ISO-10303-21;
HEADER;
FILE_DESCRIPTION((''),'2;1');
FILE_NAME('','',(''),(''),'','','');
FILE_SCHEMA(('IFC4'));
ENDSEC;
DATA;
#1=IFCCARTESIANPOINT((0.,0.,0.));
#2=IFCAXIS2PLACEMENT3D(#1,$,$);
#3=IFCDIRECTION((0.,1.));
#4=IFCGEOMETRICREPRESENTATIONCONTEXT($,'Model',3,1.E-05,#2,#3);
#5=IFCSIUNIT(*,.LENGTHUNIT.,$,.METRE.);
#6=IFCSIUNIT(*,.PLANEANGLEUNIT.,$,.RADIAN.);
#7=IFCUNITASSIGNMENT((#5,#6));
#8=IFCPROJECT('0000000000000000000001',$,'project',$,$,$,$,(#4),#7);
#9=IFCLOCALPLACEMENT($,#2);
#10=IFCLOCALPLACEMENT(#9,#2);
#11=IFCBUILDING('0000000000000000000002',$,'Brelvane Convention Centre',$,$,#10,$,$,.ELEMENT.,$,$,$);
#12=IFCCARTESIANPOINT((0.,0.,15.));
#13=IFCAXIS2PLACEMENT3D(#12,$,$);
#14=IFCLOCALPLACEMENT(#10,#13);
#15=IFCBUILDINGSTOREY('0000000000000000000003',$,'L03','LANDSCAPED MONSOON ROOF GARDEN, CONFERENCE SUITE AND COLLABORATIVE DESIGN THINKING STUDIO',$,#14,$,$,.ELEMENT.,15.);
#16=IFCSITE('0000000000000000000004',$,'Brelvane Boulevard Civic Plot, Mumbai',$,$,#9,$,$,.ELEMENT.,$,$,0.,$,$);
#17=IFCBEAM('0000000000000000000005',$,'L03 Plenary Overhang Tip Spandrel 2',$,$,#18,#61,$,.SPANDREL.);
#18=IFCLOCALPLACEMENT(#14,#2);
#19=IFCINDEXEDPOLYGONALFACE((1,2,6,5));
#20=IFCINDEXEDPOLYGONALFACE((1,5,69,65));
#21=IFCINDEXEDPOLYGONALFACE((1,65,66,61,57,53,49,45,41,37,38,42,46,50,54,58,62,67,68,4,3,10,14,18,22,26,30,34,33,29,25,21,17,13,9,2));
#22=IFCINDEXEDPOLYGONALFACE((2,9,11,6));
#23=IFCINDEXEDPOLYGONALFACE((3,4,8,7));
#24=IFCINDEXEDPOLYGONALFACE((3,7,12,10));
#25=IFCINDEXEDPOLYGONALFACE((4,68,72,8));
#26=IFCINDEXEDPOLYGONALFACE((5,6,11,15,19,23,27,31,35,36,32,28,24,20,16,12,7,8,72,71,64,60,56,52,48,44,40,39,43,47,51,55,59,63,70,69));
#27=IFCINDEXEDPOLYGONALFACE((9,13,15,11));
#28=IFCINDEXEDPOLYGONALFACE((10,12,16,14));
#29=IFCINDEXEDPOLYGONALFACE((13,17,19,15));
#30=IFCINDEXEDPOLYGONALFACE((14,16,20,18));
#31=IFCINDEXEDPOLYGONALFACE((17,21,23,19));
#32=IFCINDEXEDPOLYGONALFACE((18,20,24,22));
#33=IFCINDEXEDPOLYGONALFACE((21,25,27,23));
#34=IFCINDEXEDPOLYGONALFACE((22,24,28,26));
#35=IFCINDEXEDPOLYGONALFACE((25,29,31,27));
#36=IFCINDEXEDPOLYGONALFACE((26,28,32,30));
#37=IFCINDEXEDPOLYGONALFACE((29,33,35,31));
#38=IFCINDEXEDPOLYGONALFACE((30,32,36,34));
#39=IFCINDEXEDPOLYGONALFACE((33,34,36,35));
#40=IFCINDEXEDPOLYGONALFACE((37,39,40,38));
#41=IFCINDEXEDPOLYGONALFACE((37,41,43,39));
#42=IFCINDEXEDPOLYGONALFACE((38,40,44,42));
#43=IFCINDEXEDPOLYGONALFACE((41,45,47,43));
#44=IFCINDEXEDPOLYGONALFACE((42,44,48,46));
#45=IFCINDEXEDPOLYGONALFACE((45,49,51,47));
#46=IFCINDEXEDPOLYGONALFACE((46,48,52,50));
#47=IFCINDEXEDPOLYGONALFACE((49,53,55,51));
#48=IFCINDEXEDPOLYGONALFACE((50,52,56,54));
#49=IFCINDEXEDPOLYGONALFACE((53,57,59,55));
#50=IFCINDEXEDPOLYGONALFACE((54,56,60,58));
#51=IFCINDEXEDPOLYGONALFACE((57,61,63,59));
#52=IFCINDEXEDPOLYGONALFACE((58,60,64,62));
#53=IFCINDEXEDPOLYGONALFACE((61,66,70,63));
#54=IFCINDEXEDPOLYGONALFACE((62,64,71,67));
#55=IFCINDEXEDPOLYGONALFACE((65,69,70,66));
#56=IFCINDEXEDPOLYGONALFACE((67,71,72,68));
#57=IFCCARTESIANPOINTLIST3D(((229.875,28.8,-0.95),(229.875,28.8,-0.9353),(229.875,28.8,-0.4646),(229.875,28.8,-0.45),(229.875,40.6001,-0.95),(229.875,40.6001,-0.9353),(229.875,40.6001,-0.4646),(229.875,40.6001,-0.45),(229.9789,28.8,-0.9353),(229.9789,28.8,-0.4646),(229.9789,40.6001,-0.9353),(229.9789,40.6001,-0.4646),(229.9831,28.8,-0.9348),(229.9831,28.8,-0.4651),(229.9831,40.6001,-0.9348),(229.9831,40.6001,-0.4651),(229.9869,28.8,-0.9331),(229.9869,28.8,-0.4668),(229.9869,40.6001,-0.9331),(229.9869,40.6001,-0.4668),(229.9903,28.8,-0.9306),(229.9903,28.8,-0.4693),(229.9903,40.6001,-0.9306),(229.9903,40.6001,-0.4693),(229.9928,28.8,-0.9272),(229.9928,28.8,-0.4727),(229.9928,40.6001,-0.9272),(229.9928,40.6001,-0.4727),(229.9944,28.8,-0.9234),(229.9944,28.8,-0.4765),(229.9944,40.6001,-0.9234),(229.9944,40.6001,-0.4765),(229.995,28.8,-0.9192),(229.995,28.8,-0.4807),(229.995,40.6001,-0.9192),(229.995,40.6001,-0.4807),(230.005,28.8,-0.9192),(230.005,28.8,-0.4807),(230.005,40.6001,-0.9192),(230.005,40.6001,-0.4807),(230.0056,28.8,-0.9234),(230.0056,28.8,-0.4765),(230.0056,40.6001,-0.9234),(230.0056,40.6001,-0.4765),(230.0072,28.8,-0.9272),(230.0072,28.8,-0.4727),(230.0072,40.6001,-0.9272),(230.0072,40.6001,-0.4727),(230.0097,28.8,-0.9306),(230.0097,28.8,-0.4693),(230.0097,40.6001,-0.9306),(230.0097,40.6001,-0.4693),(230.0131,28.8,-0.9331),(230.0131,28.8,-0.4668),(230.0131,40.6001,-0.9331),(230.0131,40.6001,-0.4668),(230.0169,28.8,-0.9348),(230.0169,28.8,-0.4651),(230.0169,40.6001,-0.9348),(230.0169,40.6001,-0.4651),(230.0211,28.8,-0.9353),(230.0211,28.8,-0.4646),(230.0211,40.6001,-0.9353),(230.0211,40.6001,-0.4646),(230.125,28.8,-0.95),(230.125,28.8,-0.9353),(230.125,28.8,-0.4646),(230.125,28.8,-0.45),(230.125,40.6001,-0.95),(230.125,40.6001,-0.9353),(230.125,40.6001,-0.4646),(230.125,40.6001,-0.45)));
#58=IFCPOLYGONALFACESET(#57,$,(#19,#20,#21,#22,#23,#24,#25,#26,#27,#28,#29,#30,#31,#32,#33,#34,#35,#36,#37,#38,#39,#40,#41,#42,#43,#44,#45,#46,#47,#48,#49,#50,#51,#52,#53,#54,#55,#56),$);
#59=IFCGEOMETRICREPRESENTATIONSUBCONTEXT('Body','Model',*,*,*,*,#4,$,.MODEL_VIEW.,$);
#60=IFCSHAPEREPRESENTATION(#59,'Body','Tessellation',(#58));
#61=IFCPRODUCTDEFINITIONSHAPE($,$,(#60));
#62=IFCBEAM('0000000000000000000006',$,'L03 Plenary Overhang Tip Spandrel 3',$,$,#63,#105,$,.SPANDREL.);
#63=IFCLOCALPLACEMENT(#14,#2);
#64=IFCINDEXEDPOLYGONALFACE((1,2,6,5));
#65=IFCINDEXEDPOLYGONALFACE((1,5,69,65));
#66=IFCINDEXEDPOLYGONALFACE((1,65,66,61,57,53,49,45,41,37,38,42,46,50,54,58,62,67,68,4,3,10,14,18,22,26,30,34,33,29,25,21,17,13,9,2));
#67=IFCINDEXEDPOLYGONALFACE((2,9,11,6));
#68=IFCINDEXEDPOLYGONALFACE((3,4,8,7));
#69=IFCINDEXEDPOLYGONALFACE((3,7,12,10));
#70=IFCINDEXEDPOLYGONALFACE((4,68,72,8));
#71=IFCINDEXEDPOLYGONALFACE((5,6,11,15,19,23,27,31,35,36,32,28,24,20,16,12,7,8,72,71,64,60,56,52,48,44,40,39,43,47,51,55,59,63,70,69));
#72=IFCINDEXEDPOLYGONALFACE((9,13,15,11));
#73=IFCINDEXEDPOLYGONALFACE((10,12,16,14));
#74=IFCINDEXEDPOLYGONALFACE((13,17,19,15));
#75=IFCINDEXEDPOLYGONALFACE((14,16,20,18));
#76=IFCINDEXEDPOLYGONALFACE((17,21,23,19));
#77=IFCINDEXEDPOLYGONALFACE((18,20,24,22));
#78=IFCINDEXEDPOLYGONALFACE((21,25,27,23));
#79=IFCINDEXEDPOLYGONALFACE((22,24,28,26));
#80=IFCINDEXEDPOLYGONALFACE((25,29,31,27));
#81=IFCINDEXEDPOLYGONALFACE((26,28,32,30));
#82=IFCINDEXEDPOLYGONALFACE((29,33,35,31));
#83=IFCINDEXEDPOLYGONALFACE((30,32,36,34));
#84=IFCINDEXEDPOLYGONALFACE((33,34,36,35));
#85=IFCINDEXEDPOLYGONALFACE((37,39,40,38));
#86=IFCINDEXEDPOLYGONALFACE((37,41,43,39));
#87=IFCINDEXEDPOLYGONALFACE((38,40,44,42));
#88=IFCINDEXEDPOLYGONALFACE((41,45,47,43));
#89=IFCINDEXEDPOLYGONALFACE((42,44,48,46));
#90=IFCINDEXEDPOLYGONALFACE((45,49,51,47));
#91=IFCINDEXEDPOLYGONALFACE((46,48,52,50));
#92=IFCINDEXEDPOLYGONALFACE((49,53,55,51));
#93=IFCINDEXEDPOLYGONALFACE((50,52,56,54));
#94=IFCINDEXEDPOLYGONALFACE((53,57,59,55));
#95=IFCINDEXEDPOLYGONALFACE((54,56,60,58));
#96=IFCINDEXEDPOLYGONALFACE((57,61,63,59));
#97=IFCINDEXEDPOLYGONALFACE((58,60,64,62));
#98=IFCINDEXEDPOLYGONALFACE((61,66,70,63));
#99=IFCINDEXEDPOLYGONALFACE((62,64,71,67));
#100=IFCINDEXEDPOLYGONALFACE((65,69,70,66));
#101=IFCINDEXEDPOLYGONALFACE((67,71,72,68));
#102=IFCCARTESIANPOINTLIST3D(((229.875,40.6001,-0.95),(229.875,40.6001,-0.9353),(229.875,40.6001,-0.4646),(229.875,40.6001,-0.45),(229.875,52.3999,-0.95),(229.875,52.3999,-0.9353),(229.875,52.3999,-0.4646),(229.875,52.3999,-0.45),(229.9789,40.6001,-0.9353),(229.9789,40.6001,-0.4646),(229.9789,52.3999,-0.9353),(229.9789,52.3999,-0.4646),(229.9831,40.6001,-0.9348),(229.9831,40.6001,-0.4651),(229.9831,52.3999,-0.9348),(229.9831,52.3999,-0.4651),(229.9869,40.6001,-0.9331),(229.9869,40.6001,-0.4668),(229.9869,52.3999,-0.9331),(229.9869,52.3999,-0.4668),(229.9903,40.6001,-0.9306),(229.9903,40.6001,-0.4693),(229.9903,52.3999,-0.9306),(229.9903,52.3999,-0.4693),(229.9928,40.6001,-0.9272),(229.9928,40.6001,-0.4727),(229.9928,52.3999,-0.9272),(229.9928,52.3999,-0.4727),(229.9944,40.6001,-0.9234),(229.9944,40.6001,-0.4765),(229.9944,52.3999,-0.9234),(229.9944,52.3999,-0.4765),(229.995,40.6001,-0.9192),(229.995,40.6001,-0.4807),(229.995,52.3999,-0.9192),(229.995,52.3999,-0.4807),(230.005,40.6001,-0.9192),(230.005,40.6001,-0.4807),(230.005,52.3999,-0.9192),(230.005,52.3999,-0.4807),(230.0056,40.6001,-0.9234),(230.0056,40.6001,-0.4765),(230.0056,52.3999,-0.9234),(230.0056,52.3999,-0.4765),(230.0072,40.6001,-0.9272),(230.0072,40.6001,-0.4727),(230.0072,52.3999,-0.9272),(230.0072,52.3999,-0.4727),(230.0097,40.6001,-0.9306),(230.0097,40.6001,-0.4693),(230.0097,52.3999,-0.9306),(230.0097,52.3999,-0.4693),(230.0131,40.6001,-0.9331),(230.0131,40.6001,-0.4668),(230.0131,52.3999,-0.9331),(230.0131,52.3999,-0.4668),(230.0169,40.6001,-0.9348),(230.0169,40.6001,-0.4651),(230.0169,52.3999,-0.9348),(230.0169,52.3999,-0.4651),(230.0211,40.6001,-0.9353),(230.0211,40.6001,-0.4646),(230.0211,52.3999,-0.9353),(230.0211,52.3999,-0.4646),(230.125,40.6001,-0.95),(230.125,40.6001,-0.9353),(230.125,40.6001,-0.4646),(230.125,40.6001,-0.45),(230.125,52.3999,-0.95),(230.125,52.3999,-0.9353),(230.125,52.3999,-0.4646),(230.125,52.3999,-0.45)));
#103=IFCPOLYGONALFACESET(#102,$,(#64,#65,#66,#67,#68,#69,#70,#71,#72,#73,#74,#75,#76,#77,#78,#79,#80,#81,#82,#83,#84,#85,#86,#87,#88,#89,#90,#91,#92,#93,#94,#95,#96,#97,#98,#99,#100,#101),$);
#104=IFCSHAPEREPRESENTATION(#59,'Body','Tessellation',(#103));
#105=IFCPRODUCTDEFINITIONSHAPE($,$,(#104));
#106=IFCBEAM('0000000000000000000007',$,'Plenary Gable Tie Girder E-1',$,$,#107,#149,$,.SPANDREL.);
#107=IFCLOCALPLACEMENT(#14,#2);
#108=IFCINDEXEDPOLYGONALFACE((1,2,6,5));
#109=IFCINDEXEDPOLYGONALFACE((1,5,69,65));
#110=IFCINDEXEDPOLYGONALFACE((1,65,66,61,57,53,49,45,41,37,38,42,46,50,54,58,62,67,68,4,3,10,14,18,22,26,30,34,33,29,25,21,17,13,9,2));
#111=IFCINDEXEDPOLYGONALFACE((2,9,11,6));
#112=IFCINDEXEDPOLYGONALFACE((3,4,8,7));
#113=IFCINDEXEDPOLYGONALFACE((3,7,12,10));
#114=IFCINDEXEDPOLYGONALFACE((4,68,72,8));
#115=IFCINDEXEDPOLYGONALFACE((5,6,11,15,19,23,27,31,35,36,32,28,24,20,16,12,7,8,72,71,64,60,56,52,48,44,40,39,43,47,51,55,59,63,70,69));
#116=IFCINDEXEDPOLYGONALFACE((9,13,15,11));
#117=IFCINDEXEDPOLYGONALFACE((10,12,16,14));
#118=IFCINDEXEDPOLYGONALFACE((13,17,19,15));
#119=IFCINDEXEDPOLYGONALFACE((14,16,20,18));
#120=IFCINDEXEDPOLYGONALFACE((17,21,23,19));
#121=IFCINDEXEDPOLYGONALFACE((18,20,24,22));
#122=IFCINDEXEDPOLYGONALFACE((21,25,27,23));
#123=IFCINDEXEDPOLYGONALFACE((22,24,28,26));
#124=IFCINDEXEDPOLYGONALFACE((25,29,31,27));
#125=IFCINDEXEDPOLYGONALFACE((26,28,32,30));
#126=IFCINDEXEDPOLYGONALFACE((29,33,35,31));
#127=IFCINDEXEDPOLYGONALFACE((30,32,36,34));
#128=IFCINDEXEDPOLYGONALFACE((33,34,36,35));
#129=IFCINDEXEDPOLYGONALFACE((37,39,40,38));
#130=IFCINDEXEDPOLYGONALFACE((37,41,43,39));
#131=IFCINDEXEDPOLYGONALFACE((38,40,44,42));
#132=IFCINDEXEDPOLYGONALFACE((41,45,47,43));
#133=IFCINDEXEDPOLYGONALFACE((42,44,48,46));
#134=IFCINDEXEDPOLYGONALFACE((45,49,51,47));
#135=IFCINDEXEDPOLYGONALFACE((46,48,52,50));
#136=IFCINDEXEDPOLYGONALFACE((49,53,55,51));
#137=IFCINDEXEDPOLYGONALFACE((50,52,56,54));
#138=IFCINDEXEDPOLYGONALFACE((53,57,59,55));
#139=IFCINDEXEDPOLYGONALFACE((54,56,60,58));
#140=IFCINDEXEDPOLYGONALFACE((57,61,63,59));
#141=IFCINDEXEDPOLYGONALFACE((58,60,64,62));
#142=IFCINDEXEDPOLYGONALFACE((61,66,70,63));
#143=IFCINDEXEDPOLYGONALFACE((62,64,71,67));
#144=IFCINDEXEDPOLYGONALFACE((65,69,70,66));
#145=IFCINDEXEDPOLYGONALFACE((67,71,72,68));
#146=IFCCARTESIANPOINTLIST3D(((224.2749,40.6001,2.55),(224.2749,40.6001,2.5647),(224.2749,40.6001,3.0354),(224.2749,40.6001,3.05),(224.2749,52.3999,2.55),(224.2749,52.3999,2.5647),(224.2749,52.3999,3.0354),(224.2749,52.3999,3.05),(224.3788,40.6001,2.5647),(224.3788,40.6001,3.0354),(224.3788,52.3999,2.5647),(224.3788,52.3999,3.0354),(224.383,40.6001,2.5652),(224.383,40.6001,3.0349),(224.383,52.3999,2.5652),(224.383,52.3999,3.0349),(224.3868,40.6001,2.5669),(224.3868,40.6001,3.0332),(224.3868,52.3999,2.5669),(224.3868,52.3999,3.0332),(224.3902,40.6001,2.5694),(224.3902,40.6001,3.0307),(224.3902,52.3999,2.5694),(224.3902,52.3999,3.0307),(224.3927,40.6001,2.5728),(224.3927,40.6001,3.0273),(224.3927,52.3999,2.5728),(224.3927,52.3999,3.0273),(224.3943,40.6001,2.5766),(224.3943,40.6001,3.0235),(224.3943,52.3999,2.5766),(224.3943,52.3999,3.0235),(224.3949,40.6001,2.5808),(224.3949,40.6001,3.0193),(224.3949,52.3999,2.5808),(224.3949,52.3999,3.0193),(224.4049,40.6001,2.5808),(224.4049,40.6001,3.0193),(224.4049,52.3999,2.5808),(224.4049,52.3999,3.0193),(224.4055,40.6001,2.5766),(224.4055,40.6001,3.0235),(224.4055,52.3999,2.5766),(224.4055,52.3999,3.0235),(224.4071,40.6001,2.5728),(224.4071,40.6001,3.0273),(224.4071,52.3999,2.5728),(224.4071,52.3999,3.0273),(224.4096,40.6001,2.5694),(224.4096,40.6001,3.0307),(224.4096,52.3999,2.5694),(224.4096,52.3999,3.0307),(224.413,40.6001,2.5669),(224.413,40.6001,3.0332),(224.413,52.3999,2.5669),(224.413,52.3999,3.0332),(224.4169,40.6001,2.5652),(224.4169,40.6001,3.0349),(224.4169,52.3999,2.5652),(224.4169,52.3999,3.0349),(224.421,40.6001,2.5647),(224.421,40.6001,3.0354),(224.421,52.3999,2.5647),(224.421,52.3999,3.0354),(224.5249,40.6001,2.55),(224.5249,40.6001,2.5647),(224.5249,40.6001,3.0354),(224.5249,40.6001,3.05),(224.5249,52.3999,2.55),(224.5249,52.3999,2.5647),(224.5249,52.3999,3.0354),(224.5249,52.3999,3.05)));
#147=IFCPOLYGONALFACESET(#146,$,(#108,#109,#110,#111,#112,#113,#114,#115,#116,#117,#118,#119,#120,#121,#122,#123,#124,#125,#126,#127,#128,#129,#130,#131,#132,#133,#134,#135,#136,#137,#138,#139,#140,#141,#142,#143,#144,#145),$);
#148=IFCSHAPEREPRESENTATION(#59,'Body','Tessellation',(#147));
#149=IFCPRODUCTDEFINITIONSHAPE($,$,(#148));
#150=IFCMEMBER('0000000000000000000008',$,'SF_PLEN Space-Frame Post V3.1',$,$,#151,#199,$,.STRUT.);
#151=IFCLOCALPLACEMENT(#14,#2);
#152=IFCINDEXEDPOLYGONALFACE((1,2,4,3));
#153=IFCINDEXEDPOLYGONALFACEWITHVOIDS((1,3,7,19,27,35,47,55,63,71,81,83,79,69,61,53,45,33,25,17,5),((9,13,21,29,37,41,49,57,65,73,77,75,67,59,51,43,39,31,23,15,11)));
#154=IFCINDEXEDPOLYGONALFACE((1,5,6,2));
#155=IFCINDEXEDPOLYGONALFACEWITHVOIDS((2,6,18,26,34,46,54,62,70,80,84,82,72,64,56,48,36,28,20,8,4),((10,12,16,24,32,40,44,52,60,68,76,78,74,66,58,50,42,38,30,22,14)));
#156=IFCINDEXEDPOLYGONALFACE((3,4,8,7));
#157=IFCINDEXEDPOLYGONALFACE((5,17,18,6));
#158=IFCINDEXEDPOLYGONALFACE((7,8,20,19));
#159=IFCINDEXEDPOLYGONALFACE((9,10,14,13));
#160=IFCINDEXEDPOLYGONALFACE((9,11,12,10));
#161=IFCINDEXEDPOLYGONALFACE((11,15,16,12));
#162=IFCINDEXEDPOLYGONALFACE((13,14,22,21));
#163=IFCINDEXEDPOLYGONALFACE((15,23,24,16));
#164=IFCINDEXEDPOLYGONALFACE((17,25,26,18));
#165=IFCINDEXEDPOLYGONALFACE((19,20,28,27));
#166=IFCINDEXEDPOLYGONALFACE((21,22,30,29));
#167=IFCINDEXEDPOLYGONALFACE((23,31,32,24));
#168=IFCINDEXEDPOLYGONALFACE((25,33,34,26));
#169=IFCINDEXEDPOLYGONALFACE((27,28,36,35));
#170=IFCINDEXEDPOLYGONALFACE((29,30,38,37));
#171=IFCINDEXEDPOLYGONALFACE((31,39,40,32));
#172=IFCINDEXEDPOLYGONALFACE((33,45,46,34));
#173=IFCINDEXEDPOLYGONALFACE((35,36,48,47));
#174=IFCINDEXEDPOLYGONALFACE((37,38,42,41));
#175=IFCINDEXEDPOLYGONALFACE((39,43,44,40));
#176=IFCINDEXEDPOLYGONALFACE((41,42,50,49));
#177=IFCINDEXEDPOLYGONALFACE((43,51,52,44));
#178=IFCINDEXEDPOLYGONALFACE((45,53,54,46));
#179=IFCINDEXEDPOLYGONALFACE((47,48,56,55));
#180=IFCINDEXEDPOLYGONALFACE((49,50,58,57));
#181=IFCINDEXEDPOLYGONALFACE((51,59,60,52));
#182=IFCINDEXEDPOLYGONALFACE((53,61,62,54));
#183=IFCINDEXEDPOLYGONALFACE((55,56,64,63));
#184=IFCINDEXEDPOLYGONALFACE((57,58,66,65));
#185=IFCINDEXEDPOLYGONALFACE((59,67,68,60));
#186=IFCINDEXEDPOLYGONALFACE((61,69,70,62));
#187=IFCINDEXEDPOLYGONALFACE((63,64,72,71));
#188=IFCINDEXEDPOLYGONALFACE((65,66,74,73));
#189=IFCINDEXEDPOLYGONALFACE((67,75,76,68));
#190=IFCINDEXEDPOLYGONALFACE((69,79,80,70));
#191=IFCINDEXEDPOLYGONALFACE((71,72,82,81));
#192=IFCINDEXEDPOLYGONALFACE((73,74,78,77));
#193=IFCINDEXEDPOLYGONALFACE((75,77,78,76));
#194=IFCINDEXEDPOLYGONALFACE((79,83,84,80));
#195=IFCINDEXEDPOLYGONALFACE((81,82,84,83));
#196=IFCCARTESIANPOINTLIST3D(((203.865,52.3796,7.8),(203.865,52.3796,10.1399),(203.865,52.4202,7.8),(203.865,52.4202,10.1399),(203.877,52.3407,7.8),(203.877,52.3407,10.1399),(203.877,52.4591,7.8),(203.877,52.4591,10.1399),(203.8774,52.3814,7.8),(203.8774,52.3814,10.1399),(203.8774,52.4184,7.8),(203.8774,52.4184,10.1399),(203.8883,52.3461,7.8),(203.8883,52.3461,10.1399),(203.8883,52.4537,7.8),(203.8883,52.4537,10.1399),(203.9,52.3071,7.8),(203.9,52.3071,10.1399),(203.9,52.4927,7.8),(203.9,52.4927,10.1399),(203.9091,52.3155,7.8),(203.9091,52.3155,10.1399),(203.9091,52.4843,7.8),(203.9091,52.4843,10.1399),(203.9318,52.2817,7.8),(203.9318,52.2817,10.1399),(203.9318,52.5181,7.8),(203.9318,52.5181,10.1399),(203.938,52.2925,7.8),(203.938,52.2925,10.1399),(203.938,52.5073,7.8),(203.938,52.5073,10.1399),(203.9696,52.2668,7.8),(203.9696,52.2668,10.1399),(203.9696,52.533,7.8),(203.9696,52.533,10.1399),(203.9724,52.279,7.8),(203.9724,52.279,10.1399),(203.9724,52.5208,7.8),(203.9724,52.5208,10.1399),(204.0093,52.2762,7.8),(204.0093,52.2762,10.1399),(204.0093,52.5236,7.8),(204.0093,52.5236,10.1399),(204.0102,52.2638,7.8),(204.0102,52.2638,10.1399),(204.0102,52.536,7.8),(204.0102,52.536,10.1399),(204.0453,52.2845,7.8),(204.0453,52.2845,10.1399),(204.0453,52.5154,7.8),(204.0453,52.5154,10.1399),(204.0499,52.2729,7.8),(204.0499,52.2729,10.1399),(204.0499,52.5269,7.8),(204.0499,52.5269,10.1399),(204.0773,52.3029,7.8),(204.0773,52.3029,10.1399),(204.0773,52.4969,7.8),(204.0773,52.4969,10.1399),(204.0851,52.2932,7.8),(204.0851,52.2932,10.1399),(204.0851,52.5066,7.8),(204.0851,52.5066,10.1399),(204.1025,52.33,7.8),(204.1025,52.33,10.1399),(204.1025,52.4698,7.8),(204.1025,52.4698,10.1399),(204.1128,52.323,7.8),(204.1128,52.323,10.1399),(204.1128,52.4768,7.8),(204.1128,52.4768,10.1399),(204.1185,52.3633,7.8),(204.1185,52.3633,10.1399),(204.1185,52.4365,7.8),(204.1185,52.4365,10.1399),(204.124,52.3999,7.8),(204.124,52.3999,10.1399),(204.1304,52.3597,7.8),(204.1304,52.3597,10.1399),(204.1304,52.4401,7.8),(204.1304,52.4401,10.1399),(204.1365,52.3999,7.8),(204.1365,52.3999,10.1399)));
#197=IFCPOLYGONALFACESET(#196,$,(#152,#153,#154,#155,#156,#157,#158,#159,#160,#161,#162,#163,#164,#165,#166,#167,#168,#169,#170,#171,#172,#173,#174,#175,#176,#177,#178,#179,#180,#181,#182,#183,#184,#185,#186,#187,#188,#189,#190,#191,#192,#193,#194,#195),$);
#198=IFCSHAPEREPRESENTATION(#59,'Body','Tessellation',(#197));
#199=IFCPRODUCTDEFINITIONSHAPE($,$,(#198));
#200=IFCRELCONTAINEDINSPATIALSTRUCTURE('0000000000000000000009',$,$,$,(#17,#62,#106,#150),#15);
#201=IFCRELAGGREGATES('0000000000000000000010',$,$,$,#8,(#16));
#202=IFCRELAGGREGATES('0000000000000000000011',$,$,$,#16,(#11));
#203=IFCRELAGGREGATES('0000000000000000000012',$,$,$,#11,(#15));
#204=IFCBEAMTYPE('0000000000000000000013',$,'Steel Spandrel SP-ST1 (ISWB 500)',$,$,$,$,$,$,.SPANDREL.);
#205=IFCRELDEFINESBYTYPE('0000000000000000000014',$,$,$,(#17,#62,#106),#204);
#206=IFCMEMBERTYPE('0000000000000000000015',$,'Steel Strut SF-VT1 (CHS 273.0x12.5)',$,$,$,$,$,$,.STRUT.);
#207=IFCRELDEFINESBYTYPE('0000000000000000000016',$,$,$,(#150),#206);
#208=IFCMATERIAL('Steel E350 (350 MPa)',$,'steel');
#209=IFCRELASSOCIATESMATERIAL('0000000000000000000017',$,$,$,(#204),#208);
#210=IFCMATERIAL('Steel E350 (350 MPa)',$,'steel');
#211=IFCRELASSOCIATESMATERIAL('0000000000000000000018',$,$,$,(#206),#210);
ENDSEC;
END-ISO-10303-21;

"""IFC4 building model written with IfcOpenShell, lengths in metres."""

from ifc_helpers import new_model, si_unit, direction, frame, origin, origin_2d, place, context, subcontext, project, spatial, hollow_circle, i_section, extrude, material, material_profile, profile_set, type_object, element, save


model = new_model("IFC4")

# Units and contexts
model_context = context("Model", 3, precision=1e-05, world=origin(), true_north=direction((0.0, 1.0)))
body_context = subcontext(model_context, "Body", "Model", "MODEL_VIEW")
ifc_project = project(units=[si_unit("LENGTHUNIT", "METRE"), si_unit("PLANEANGLEUNIT", "RADIAN")], contexts=[model_context])

# Site, building, storey
site_placement = place(None, origin())
site = spatial("IfcSite", under=ifc_project, at=site_placement, Name="Brelvane Boulevard Civic Plot, Mumbai", CompositionType="ELEMENT", RefElevation=0.0)
building_placement = place(site_placement, origin())
building = spatial("IfcBuilding", under=site, at=building_placement, Name="Brelvane Convention Centre", CompositionType="ELEMENT")
storey_placement = place(building_placement, frame((0.0, 0.0, 15.0)))
storey = spatial("IfcBuildingStorey", under=building, at=storey_placement, Name="L03", Description="LANDSCAPED MONSOON ROOF GARDEN, CONFERENCE SUITE AND COLLABORATIVE DESIGN THINKING STUDIO", CompositionType="ELEMENT", Elevation=15.0)

# Beams
ifc_material_1 = material(Name="Steel E350 (350 MPa)", Category="steel")
ifc_material_profile_1 = material_profile(ifc_material_1, i_section(OverallWidth=0.25, OverallDepth=0.5, WebThickness=0.01, FlangeThickness=0.0146, FilletRadius=0.0161, at=origin_2d()), Name="ISWB 500")
ifc_profile_set_1 = profile_set([ifc_material_profile_1], Name="Steel E350 (350 MPa)")
beam_type_1 = type_object("IfcBeamType", Name="Steel Spandrel SP-ST1 (ISWB 500)", PredefinedType="SPANDREL", material=ifc_profile_set_1)
beam_1_placement = place(storey_placement, frame((230.0, 28.8, -0.7), z_axis=(0.0, 1.0, 0.0), x_axis=(-1.0, 0.0, 0.0)))
element("IfcBeam", 1, at=beam_1_placement, inside=storey, type_object=beam_type_1, Name="L03 Plenary Overhang Tip Spandrel 2", PredefinedType="SPANDREL", context=body_context, shape_type="SweptSolid", body=[
    extrude(i_section(OverallWidth=0.25, OverallDepth=0.5, WebThickness=0.01, FlangeThickness=0.0146, FilletRadius=0.0161, at=origin_2d()), origin(), (0.0, 0.0, 1.0), 11.8),
])
for number, where, z_axis, x_axis, name in (
    (2, (230.0, 40.6001, -0.7), (0.0, 1.0, 0.0), (-1.0, 0.0, 0.0), "L03 Plenary Overhang Tip Spandrel 3"),
    (3, (224.3999, 40.6001, 2.8), (0.0, 1.0, 0.0), (-1.0, 0.0, 0.0), "Plenary Gable Tie Girder E-1"),
):
    element("IfcBeam", number, at=place(storey_placement, frame(where, z_axis=z_axis, x_axis=x_axis)), inside=storey, type_object=beam_type_1, Name=name, PredefinedType="SPANDREL", context=body_context, shape_type="SweptSolid", body=[
        extrude(i_section(OverallWidth=0.25, OverallDepth=0.5, WebThickness=0.01, FlangeThickness=0.0146, FilletRadius=0.0161, at=origin_2d()), origin(), (0.0, 0.0, 1.0), 11.7998),
    ])

# Member
ifc_material_2 = material(Name="Steel E350 (350 MPa)", Category="steel")
ifc_material_profile_2 = material_profile(ifc_material_2, hollow_circle(Radius=0.1365, WallThickness=0.0125, at=origin_2d()), Name="CHS 273.0x12.5")
ifc_profile_set_2 = profile_set([ifc_material_profile_2], Name="Steel E350 (350 MPa)")
member_type_1 = type_object("IfcMemberType", Name="Steel Strut SF-VT1 (CHS 273.0x12.5)", PredefinedType="STRUT", material=ifc_profile_set_2)
member_1_placement = place(storey_placement, frame((204.0, 52.3999, 7.8), z_axis=(0.0, 0.0, 1.0), x_axis=(1.0, 0.0, 0.0)))
element("IfcMember", 4, at=member_1_placement, inside=storey, type_object=member_type_1, Name="SF_PLEN Space-Frame Post V3.1", PredefinedType="STRUT", context=body_context, shape_type="SweptSolid", body=[
    extrude(hollow_circle(Radius=0.1365, WallThickness=0.0125, at=origin_2d()), origin(), (0.0, 0.0, 1.0), 2.3398),
])

save(model, "model.ifc")
